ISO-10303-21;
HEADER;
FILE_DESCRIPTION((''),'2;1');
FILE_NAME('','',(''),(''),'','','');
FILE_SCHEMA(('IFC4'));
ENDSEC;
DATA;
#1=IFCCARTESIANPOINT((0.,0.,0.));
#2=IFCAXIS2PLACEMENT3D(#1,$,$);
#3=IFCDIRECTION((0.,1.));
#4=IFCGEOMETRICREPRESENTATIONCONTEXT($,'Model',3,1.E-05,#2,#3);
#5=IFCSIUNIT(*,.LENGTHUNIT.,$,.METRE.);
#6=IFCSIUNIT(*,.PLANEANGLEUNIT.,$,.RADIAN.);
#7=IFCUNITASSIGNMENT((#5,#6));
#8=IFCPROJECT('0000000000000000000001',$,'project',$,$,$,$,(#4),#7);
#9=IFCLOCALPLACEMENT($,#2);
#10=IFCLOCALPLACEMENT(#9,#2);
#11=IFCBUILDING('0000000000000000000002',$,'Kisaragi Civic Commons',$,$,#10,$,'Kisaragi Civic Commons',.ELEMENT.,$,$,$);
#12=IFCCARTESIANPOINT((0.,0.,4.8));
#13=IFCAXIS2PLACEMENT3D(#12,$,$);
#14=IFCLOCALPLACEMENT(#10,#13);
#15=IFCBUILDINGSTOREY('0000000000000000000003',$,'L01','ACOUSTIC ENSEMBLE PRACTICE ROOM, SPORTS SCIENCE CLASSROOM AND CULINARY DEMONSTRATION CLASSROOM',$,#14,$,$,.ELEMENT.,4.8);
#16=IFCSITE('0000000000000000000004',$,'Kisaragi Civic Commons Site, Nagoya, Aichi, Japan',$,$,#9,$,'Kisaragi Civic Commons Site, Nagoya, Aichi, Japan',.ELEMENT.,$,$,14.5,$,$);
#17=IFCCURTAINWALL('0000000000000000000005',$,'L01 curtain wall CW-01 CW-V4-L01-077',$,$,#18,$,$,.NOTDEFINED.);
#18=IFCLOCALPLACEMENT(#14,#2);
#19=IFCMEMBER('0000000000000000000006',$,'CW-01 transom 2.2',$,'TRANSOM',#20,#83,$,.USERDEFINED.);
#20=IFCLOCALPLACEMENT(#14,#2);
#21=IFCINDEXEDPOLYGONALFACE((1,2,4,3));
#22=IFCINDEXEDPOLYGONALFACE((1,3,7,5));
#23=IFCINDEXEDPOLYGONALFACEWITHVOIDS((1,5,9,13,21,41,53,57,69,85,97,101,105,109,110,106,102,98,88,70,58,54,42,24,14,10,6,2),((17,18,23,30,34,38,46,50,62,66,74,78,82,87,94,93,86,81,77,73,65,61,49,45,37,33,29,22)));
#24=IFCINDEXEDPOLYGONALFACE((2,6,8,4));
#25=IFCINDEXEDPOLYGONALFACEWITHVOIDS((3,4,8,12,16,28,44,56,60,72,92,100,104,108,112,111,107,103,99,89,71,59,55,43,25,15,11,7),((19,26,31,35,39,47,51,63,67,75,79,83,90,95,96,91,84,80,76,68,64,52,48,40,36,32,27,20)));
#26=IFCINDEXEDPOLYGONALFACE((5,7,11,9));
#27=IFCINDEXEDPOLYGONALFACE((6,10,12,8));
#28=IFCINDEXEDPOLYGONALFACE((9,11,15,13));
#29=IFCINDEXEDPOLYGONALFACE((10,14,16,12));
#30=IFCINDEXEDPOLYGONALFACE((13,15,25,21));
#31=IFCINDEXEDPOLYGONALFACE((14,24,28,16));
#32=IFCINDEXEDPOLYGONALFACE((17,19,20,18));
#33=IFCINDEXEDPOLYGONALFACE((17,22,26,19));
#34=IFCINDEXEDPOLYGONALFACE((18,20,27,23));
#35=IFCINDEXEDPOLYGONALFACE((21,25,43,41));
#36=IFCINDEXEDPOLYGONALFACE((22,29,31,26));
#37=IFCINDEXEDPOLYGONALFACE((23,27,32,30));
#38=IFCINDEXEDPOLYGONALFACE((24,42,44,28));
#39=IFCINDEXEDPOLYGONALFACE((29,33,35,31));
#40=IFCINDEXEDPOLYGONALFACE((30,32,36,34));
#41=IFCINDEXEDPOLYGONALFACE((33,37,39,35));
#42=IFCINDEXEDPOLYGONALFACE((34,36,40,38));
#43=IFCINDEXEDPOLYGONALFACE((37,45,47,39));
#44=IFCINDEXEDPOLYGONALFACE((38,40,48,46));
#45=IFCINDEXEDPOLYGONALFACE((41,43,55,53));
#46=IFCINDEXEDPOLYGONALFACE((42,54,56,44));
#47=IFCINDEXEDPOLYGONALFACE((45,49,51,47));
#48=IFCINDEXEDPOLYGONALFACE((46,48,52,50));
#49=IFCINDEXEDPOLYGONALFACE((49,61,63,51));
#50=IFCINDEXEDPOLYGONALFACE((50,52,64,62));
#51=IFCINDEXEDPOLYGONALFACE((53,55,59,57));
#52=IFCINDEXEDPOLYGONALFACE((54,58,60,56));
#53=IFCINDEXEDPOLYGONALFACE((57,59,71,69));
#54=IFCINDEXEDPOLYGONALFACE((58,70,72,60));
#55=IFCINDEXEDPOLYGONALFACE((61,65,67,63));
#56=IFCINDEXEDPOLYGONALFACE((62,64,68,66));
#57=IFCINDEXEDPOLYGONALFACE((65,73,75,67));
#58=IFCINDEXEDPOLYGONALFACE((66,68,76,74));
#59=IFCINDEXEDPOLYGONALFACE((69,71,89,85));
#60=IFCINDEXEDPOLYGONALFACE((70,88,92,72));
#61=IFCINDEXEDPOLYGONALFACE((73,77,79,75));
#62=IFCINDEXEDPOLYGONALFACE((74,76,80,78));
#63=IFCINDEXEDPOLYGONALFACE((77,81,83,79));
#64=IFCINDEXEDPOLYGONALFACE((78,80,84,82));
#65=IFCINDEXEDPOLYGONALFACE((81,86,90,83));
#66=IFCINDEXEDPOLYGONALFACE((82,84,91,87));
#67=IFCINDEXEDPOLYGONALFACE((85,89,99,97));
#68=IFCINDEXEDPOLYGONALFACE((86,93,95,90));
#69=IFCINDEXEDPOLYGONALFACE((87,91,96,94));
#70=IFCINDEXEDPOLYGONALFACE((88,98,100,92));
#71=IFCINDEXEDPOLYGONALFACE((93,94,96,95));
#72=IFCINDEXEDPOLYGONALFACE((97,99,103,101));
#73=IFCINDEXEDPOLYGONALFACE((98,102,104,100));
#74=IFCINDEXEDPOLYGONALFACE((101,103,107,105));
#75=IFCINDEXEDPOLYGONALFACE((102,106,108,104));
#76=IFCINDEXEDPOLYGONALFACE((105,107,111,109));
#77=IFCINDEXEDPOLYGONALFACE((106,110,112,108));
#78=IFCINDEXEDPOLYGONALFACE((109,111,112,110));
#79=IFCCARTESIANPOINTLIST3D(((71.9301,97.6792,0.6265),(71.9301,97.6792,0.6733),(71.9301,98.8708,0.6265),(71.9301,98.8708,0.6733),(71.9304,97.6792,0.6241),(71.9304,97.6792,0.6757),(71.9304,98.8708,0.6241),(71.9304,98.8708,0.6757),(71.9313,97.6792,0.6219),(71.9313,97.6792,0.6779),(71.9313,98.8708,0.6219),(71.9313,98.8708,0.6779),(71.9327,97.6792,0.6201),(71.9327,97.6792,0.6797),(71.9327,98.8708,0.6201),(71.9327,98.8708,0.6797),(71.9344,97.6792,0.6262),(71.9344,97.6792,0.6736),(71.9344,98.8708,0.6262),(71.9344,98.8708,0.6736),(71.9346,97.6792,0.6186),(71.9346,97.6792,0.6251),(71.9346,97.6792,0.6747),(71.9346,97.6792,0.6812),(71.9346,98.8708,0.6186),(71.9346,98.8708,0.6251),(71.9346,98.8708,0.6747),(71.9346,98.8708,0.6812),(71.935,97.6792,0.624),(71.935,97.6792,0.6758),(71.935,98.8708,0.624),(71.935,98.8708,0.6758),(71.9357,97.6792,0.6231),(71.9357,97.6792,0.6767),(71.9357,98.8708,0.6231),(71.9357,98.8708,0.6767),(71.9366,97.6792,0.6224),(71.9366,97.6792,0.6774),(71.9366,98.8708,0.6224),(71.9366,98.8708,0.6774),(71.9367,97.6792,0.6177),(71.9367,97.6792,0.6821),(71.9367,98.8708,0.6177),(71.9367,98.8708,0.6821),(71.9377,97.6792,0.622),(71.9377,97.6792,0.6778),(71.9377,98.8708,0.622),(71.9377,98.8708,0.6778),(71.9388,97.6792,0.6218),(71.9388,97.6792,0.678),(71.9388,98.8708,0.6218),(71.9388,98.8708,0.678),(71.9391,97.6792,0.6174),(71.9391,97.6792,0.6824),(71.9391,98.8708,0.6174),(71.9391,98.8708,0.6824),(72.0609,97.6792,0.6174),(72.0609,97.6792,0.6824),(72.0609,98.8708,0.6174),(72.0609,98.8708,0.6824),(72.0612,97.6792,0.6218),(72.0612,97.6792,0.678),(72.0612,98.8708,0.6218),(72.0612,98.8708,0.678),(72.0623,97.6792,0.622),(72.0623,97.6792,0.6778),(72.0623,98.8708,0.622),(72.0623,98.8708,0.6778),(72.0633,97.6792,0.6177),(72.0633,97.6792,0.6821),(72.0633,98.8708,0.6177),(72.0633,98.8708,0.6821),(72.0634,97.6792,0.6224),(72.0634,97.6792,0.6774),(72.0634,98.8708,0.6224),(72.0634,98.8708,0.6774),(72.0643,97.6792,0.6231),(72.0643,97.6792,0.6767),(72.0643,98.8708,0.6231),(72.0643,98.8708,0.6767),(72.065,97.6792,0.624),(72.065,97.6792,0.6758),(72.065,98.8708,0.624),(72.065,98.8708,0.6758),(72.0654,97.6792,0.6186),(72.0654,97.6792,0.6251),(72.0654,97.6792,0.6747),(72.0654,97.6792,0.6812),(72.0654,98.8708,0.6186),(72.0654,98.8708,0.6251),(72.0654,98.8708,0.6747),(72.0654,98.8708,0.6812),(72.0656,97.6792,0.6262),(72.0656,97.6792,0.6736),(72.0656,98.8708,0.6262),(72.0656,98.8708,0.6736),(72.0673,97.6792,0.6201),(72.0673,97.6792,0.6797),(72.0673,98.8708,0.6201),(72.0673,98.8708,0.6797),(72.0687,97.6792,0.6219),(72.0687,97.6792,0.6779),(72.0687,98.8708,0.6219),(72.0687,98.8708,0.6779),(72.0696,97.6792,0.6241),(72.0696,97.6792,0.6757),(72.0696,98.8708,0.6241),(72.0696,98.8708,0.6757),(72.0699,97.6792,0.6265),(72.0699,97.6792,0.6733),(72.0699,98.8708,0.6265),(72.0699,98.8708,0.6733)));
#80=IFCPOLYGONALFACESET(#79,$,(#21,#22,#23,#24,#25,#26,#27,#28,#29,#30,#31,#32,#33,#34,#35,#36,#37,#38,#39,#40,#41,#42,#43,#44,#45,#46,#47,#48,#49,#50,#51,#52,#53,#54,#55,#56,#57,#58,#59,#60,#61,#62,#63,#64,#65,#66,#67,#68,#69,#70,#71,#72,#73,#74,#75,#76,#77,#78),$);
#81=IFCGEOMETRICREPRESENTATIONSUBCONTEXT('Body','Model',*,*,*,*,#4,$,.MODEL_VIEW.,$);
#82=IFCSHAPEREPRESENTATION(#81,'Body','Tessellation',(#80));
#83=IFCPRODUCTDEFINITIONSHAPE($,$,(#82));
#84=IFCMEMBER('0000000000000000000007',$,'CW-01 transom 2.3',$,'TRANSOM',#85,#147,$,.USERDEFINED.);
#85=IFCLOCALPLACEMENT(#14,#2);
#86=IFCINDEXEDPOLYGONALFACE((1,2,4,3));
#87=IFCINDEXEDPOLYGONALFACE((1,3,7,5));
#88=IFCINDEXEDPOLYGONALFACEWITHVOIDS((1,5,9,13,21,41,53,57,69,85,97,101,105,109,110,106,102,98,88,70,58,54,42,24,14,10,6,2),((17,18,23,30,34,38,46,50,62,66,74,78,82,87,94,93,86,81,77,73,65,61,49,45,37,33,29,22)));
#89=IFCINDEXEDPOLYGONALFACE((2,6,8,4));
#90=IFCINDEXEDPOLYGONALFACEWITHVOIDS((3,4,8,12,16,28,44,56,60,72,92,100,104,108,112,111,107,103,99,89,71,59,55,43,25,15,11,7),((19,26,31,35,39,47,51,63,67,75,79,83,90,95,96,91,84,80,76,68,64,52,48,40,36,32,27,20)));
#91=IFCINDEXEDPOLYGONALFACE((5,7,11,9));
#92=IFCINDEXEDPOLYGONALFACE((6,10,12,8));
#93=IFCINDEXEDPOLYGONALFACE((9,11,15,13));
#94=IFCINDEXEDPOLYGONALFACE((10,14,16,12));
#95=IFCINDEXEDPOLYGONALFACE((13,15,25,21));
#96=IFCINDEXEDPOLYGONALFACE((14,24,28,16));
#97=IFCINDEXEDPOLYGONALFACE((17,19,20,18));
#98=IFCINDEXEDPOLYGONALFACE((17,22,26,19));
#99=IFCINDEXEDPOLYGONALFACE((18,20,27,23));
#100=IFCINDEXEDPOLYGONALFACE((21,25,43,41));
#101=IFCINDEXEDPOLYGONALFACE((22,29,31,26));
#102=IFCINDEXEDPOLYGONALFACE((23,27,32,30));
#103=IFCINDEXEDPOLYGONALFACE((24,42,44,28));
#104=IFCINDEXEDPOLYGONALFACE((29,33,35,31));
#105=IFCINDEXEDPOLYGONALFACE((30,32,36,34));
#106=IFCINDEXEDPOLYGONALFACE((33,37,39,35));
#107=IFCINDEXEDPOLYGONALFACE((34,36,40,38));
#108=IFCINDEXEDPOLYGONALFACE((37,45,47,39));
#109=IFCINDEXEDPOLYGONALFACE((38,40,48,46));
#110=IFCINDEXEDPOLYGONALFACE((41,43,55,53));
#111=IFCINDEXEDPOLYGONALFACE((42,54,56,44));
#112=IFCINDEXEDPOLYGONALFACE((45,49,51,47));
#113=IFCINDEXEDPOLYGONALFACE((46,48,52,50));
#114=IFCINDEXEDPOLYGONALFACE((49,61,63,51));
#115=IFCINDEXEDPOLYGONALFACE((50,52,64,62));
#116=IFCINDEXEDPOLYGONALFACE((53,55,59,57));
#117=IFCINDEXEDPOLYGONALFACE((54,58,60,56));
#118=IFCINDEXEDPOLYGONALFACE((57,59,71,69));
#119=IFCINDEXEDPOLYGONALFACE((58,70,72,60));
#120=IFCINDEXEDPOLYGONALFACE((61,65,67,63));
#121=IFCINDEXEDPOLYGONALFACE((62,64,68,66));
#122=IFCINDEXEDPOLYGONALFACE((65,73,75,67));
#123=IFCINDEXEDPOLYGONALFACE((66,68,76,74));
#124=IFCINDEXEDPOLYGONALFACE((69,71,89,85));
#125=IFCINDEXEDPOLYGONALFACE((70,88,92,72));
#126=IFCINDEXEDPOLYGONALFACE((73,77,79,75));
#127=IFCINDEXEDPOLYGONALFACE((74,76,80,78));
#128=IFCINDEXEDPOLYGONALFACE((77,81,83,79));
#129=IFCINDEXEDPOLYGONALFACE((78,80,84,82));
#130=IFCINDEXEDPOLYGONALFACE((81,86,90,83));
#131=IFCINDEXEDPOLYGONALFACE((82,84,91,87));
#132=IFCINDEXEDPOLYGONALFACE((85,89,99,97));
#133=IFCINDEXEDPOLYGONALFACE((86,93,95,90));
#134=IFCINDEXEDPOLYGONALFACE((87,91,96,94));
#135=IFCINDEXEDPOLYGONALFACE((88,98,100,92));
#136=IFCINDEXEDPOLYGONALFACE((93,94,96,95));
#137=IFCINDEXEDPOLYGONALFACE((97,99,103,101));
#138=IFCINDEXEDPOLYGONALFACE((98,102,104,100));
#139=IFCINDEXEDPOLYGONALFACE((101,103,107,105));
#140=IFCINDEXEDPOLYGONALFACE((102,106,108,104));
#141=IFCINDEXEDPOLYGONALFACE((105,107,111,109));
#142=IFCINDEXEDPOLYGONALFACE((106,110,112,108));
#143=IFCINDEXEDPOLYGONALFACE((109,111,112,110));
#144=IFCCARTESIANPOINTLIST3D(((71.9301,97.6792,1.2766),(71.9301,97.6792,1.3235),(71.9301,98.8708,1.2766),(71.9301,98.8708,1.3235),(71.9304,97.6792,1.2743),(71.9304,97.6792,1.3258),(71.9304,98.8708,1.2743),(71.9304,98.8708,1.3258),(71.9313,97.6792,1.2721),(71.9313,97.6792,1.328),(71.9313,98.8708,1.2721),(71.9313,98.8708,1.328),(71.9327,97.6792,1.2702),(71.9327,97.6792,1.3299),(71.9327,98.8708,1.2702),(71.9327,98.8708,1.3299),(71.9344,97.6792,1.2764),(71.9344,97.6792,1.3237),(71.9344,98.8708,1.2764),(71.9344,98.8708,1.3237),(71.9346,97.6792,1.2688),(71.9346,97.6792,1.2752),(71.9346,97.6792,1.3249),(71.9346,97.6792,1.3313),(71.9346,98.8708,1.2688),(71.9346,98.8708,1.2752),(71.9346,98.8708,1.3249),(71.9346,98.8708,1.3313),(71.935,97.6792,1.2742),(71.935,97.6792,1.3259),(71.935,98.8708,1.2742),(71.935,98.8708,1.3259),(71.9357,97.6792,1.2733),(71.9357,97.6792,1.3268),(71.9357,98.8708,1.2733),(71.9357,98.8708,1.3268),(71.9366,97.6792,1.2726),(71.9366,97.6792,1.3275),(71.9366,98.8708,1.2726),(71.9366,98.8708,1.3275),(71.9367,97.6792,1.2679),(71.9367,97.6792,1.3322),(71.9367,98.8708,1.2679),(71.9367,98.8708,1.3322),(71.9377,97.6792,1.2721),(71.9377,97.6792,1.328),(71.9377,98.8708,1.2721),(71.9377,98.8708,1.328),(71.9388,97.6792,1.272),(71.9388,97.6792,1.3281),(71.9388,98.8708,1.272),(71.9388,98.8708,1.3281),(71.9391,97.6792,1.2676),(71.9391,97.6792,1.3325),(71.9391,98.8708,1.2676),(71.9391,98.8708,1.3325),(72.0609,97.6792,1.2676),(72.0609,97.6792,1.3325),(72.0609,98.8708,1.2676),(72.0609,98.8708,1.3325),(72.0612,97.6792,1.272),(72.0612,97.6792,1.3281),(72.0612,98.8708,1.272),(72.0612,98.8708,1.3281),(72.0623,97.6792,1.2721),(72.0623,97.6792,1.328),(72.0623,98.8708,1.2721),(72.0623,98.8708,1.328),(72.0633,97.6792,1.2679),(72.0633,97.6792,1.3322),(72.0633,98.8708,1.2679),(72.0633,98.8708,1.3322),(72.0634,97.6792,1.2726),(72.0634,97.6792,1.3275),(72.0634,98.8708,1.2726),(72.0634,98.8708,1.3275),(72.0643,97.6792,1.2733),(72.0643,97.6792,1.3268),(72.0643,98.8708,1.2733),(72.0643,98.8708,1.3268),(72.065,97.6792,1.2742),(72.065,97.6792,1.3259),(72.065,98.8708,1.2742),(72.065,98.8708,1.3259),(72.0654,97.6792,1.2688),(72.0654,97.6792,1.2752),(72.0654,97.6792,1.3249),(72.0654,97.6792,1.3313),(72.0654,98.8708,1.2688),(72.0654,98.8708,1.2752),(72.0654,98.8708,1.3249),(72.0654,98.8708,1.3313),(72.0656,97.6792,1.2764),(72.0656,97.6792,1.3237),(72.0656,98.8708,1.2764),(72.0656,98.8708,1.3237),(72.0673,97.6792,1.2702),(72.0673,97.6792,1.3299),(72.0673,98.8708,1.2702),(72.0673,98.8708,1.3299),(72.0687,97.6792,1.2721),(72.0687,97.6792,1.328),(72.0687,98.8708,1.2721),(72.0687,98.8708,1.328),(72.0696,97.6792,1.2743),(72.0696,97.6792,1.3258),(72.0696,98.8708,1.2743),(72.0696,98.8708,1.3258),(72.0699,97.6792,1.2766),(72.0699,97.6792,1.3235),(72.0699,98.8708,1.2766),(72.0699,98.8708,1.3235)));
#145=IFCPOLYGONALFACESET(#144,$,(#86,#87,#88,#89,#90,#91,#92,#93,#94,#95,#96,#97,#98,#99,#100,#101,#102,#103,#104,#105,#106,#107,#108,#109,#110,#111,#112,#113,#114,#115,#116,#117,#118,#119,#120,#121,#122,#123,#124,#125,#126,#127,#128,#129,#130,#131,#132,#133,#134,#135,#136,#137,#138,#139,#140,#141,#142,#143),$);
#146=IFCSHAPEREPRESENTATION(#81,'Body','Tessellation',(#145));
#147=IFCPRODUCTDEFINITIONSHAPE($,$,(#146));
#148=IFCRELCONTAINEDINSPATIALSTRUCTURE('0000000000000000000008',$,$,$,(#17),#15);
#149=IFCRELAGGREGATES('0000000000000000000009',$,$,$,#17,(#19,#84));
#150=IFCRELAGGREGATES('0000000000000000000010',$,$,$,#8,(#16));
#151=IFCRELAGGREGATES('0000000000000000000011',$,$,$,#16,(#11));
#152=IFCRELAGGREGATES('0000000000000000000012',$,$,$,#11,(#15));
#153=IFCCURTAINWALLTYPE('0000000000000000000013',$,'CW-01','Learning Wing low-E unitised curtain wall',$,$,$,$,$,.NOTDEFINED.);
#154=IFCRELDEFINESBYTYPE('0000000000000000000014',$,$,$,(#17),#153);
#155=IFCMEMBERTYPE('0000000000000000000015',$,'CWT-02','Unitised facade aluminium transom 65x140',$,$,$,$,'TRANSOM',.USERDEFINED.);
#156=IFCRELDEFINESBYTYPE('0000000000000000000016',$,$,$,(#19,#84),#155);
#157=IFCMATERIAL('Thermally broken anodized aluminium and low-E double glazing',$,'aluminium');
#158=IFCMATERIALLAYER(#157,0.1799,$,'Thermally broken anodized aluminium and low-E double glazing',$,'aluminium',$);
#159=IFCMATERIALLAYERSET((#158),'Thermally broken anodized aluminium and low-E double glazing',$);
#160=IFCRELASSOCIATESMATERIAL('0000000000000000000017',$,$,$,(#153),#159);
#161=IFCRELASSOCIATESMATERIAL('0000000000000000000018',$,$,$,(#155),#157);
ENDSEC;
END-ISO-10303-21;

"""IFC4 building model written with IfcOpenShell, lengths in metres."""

from ifc_helpers import new_model, si_unit, direction, frame, origin, origin_2d, place, context, subcontext, project, spatial, hollow_rectangle, extrude, material, layer, layer_set, material_profile, profile_set, type_object, element, aggregate, save


model = new_model("IFC4")

# Units and contexts
model_context = context("Model", 3, precision=1e-05, world=origin(), true_north=direction((0.0, 1.0)))
body_context = subcontext(model_context, "Body", "Model", "MODEL_VIEW")
ifc_project = project(units=[si_unit("LENGTHUNIT", "METRE"), si_unit("PLANEANGLEUNIT", "RADIAN")], contexts=[model_context])

# Site, building, storey
site_placement = place(None, origin())
site = spatial("IfcSite", under=ifc_project, at=site_placement, Name="Kisaragi Civic Commons Site, Nagoya, Aichi, Japan", LongName="Kisaragi Civic Commons Site, Nagoya, Aichi, Japan", CompositionType="ELEMENT", RefElevation=14.5)
building_placement = place(site_placement, origin())
building = spatial("IfcBuilding", under=site, at=building_placement, Name="Kisaragi Civic Commons", LongName="Kisaragi Civic Commons", CompositionType="ELEMENT")
storey_placement = place(building_placement, frame((0.0, 0.0, 4.8)))
storey = spatial("IfcBuildingStorey", under=building, at=storey_placement, Name="L01", Description="ACOUSTIC ENSEMBLE PRACTICE ROOM, SPORTS SCIENCE CLASSROOM AND CULINARY DEMONSTRATION CLASSROOM", CompositionType="ELEMENT", Elevation=4.8)

# Curtain wall, members
ifc_material_1 = material(Name="Thermally broken anodized aluminium and low-E double glazing", Category="aluminium")
ifc_layer_1 = layer(ifc_material_1, 0.1799, Name="Thermally broken anodized aluminium and low-E double glazing", Category="aluminium")
ifc_layer_set_1 = layer_set([ifc_layer_1], Name="Thermally broken anodized aluminium and low-E double glazing")
curtain_wall_type = type_object("IfcCurtainWallType", Name="CW-01", Description="Learning Wing low-E unitised curtain wall", PredefinedType="NOTDEFINED", material=ifc_layer_set_1)
curtain_wall_placement = place(storey_placement, origin())
curtain_wall = element("IfcCurtainWall", 1, at=curtain_wall_placement, inside=storey, type_object=curtain_wall_type, Name="L01 curtain wall CW-01 CW-V4-L01-077", PredefinedType="NOTDEFINED")
ifc_material_profile_1 = material_profile(ifc_material_1, hollow_rectangle(XDim=0.1399, YDim=0.0649, WallThickness=0.0044, InnerFilletRadius=0.0044, OuterFilletRadius=0.009, at=origin_2d()), Name="CWT-65x140x4.5", Category="aluminium")
ifc_profile_set_1 = profile_set([ifc_material_profile_1], Name="Thermally broken anodized aluminium and low-E double glazing")
member_type_1 = type_object("IfcMemberType", Name="CWT-02", Description="Unitised facade aluminium transom 65x140", ElementType="TRANSOM", PredefinedType="USERDEFINED", material=ifc_profile_set_1)
member_1_placement = place(storey_placement, frame((72.0, 97.6792, 0.6499), z_axis=(0.0, 1.0, 0.0), x_axis=(-1.0, 0.0, 0.0)))
member_1 = element("IfcMember", 2, at=member_1_placement, type_object=member_type_1, Name="CW-01 transom 2.2", ObjectType="TRANSOM", PredefinedType="USERDEFINED", context=body_context, shape_type="SweptSolid", body=[
    extrude(hollow_rectangle(XDim=0.1399, YDim=0.0649, WallThickness=0.0044, InnerFilletRadius=0.0044, OuterFilletRadius=0.009, at=origin_2d()), origin(), (0.0, 0.0, 1.0), 1.1917),
])
member_2_placement = place(storey_placement, frame((72.0, 97.6792, 1.3), z_axis=(0.0, 1.0, 0.0), x_axis=(-1.0, 0.0, 0.0)))
member_2 = element("IfcMember", 3, at=member_2_placement, type_object=member_type_1, Name="CW-01 transom 2.3", ObjectType="TRANSOM", PredefinedType="USERDEFINED", context=body_context, shape_type="SweptSolid", body=[
    extrude(hollow_rectangle(XDim=0.1399, YDim=0.0649, WallThickness=0.0044, InnerFilletRadius=0.0044, OuterFilletRadius=0.009, at=origin_2d()), origin(), (0.0, 0.0, 1.0), 1.1917),
])

aggregate(curtain_wall, [member_1, member_2])

save(model, "model.ifc")
